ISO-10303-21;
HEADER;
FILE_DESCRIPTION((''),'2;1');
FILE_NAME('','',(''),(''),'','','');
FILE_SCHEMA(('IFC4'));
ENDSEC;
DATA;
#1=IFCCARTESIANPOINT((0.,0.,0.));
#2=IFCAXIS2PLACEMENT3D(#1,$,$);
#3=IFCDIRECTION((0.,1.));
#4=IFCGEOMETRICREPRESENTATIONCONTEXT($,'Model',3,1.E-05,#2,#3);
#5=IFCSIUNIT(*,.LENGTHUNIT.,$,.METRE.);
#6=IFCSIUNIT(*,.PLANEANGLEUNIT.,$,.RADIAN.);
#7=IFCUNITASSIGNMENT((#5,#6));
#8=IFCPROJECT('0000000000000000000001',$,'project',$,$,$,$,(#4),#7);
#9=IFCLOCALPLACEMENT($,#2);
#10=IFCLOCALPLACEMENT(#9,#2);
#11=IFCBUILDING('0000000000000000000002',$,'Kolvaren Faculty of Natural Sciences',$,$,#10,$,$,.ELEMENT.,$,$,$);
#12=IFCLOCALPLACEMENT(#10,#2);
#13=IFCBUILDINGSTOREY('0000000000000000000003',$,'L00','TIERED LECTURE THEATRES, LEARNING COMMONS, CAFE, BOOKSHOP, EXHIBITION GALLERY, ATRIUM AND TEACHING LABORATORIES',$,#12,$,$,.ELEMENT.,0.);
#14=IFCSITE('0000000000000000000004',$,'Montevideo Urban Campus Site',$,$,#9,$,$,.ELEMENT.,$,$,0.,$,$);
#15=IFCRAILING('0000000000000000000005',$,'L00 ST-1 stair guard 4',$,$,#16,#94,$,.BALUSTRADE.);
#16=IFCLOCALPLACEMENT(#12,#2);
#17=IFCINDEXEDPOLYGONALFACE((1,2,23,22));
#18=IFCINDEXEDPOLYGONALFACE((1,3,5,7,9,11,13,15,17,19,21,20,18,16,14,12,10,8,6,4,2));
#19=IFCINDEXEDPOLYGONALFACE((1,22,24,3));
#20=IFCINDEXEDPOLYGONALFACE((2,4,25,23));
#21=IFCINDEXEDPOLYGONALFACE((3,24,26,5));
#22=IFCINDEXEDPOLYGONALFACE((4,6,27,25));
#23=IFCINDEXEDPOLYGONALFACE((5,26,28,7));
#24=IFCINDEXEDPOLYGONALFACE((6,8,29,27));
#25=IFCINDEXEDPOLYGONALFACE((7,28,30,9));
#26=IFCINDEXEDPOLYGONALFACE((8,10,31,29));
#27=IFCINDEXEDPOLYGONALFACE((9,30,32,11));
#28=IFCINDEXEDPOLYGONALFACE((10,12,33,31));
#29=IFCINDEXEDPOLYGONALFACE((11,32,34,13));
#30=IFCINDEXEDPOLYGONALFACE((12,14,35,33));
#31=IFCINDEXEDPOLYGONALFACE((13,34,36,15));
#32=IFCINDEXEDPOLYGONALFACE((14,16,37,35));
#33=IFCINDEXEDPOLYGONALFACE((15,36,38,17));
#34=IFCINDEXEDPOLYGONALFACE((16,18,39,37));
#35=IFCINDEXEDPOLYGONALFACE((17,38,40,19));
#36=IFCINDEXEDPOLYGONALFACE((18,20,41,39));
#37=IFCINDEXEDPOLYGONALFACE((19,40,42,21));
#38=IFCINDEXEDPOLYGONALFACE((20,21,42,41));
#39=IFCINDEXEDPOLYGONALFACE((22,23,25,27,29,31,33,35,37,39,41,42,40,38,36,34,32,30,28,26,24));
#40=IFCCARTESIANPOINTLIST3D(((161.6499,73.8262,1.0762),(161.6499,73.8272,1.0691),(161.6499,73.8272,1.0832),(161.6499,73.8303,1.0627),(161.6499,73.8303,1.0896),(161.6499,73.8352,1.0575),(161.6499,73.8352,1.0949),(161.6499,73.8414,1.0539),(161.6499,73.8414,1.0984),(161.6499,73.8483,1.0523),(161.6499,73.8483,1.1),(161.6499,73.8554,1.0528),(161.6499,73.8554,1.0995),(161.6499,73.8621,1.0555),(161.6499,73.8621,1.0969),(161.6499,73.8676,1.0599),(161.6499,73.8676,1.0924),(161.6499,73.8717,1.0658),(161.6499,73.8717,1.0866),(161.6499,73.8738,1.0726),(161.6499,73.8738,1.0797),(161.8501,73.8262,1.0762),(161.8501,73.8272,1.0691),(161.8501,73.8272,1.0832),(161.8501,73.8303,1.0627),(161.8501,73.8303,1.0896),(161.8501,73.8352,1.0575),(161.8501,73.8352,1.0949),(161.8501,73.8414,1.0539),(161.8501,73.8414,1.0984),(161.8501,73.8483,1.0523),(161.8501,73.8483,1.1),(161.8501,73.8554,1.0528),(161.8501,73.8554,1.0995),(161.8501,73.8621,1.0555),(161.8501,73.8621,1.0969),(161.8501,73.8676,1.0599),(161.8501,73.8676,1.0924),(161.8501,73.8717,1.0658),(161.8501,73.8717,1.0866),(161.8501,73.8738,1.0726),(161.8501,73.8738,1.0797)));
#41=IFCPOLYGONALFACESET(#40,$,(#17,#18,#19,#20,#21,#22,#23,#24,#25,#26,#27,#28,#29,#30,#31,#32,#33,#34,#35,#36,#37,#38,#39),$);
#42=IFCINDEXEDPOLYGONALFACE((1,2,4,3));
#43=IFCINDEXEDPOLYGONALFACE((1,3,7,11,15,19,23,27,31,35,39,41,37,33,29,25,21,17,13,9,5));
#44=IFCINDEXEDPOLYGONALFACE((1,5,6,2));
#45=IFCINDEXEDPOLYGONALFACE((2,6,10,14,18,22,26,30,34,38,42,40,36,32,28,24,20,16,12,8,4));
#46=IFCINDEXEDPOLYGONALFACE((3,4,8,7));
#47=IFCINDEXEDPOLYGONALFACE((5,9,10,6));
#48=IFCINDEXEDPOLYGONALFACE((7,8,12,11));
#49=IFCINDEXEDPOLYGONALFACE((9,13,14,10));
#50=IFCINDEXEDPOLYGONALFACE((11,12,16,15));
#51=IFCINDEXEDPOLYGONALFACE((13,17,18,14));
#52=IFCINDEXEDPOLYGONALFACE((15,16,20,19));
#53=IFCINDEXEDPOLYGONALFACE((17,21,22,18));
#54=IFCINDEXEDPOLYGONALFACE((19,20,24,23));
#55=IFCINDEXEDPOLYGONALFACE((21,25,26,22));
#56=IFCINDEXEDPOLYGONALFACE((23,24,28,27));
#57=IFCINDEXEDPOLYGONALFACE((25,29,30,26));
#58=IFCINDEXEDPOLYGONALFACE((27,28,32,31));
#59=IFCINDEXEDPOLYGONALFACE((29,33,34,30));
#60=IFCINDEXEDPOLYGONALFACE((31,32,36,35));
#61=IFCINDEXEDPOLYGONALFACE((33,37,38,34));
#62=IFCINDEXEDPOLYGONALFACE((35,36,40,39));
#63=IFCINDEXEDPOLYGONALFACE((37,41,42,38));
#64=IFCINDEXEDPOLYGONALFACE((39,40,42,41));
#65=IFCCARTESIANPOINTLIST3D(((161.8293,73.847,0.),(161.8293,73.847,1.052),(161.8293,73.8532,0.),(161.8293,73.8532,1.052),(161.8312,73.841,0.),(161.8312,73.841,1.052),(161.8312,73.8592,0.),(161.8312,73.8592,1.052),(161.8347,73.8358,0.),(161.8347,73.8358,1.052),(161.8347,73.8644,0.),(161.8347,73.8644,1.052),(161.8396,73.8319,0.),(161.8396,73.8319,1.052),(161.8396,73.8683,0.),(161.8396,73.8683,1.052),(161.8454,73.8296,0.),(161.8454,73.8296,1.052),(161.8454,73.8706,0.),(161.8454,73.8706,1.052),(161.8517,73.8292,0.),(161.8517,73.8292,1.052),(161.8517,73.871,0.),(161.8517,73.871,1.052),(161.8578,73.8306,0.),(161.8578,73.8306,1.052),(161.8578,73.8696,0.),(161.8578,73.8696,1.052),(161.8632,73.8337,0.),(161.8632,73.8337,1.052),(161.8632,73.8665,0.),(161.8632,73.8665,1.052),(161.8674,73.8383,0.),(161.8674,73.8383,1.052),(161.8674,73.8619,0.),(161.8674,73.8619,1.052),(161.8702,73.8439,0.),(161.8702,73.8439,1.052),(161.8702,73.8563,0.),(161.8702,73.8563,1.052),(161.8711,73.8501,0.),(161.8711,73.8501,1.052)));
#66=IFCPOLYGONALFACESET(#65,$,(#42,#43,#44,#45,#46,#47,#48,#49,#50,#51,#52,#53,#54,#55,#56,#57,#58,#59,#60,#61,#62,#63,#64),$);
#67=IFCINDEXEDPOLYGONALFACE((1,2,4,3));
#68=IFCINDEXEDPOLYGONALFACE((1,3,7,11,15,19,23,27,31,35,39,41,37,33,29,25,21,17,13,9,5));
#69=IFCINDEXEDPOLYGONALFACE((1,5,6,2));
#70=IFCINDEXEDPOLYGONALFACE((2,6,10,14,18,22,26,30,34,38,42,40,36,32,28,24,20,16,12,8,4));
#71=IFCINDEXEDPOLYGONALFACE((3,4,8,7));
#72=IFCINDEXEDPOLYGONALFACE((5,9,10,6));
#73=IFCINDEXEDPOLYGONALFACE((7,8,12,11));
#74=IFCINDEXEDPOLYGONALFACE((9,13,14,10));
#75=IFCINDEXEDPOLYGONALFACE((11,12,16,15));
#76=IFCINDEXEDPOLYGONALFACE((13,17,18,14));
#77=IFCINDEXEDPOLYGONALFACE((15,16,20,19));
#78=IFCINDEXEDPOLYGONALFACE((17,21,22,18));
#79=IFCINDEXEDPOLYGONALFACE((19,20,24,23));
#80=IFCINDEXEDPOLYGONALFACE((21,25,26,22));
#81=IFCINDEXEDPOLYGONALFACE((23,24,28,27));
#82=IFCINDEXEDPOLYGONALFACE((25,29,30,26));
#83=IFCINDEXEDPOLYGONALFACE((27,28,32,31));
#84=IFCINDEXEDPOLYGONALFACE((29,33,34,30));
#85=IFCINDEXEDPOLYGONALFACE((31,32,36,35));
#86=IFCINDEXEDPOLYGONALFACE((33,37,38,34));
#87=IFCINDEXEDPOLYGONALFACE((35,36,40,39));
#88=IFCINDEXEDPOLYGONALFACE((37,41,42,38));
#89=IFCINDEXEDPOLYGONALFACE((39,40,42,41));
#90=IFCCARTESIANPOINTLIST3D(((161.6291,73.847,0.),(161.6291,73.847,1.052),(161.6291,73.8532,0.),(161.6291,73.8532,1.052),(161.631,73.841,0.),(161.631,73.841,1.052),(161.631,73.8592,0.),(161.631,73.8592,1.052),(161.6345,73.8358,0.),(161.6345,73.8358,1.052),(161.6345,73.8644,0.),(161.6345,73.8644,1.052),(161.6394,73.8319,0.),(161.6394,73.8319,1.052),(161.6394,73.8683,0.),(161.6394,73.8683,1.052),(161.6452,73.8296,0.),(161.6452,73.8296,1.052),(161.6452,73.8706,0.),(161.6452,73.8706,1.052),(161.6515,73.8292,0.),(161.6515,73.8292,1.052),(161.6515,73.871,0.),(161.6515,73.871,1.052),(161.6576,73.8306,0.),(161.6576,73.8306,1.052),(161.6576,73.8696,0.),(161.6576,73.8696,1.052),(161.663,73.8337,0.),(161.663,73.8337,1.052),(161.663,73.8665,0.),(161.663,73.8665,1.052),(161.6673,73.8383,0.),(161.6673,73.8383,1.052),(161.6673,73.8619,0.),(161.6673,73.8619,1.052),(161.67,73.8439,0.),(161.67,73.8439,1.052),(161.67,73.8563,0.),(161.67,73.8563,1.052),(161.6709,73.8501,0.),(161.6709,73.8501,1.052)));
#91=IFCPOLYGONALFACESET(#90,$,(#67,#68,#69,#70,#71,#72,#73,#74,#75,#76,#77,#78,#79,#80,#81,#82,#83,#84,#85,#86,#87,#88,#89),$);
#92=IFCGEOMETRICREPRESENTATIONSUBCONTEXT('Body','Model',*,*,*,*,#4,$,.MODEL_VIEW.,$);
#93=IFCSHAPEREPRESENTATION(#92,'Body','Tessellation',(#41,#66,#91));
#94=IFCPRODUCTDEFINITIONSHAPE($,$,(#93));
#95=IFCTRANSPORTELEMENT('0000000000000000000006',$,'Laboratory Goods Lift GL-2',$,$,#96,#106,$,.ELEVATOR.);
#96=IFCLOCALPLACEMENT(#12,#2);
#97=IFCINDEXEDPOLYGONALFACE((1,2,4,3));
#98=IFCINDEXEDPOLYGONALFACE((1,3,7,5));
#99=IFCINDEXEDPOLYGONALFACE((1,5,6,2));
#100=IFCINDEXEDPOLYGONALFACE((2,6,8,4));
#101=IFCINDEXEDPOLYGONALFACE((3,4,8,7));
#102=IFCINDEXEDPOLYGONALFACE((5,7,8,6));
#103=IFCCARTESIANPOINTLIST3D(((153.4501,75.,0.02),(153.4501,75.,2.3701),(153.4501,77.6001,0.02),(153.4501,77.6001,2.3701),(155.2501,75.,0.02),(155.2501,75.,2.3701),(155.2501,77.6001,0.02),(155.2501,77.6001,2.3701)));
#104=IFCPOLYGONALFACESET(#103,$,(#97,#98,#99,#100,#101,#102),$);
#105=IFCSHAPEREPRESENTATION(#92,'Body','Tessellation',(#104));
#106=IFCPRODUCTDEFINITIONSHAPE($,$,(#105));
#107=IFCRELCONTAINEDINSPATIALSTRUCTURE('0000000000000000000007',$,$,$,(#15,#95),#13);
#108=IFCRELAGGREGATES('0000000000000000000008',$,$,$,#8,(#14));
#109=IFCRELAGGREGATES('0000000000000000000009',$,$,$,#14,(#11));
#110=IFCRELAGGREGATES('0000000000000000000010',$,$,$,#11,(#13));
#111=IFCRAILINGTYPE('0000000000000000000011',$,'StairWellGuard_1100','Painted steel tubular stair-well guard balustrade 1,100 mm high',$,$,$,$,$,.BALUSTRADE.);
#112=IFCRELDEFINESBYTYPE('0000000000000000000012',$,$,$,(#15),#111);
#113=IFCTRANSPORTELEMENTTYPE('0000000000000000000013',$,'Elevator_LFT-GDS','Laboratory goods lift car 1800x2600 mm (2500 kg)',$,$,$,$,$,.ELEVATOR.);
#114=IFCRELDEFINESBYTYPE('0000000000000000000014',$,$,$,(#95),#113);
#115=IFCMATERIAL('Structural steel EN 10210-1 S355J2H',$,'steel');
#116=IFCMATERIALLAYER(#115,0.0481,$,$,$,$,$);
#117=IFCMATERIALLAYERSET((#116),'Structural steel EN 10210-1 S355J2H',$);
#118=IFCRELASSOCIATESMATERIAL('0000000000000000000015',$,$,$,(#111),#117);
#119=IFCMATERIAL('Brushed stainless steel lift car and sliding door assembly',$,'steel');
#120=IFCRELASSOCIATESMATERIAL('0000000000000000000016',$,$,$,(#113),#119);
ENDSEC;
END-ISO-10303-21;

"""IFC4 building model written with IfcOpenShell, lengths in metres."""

from ifc_helpers import new_model, si_unit, direction, frame, origin, origin_2d, place, context, subcontext, project, spatial, rectangle, circle, extrude, material, layer, layer_set, type_object, element, save


model = new_model("IFC4")

# Units and contexts
model_context = context("Model", 3, precision=1e-05, world=origin(), true_north=direction((0.0, 1.0)))
body_context = subcontext(model_context, "Body", "Model", "MODEL_VIEW")
ifc_project = project(units=[si_unit("LENGTHUNIT", "METRE"), si_unit("PLANEANGLEUNIT", "RADIAN")], contexts=[model_context])

# Site, building, storey
site_placement = place(None, origin())
site = spatial("IfcSite", under=ifc_project, at=site_placement, Name="Montevideo Urban Campus Site", CompositionType="ELEMENT", RefElevation=0.0)
building_placement = place(site_placement, origin())
building = spatial("IfcBuilding", under=site, at=building_placement, Name="Kolvaren Faculty of Natural Sciences", CompositionType="ELEMENT")
storey_placement = place(building_placement, origin())
storey = spatial("IfcBuildingStorey", under=building, at=storey_placement, Name="L00", Description="TIERED LECTURE THEATRES, LEARNING COMMONS, CAFE, BOOKSHOP, EXHIBITION GALLERY, ATRIUM AND TEACHING LABORATORIES", CompositionType="ELEMENT", Elevation=0.0)

# Shared definitions
ifc_material_1 = material(Name="Brushed stainless steel lift car and sliding door assembly", Category="steel")

# Railing
ifc_material_2 = material(Name="Structural steel EN 10210-1 S355J2H", Category="steel")
ifc_layer_1 = layer(ifc_material_2, 0.0481)
ifc_layer_set_1 = layer_set([ifc_layer_1], Name="Structural steel EN 10210-1 S355J2H")
railing_type_1 = type_object("IfcRailingType", Name="StairWellGuard_1100", Description="Painted steel tubular stair-well guard balustrade 1,100 mm high", PredefinedType="BALUSTRADE", material=ifc_layer_set_1)
railing_1_placement = place(storey_placement, frame((161.8501, 73.8501, 0.0)))
element("IfcRailing", 1, at=railing_1_placement, inside=storey, type_object=railing_type_1, Name="L00 ST-1 stair guard 4", PredefinedType="BALUSTRADE", context=body_context, shape_type="SweptSolid", body=[
    extrude(circle(Radius=0.0239, at=origin_2d()), frame((0.0, 0.0, 1.0762), z_axis=(-1.0, 0.0, 0.0), x_axis=(0.0, -1.0, 0.0)), (0.0, 0.0, 1.0), 0.2002),
    extrude(circle(Radius=0.021, at=origin_2d()), origin(), (0.0, 0.0, 1.0), 1.052),
    extrude(circle(Radius=0.021, at=origin_2d()), frame((-0.2002, 0.0, 0.0)), (0.0, 0.0, 1.0), 1.052),
])

# Transport element
transport_element_type = type_object("IfcTransportElementType", Name="Elevator_LFT-GDS", Description="Laboratory goods lift car 1800x2600 mm (2500 kg)", PredefinedType="ELEVATOR", material=ifc_material_1)
transport_element_placement = place(storey_placement, frame((154.3501, 76.3, 0.02), z_axis=(0.0, 0.0, 1.0), x_axis=(1.0, 0.0, 0.0)))
element("IfcTransportElement", 2, at=transport_element_placement, inside=storey, type_object=transport_element_type, Name="Laboratory Goods Lift GL-2", PredefinedType="ELEVATOR", context=body_context, shape_type="SweptSolid", body=[
    extrude(rectangle(XDim=1.8, YDim=2.6001, at=origin_2d()), origin(), (0.0, 0.0, 1.0), 2.3501),
])

save(model, "model.ifc")
